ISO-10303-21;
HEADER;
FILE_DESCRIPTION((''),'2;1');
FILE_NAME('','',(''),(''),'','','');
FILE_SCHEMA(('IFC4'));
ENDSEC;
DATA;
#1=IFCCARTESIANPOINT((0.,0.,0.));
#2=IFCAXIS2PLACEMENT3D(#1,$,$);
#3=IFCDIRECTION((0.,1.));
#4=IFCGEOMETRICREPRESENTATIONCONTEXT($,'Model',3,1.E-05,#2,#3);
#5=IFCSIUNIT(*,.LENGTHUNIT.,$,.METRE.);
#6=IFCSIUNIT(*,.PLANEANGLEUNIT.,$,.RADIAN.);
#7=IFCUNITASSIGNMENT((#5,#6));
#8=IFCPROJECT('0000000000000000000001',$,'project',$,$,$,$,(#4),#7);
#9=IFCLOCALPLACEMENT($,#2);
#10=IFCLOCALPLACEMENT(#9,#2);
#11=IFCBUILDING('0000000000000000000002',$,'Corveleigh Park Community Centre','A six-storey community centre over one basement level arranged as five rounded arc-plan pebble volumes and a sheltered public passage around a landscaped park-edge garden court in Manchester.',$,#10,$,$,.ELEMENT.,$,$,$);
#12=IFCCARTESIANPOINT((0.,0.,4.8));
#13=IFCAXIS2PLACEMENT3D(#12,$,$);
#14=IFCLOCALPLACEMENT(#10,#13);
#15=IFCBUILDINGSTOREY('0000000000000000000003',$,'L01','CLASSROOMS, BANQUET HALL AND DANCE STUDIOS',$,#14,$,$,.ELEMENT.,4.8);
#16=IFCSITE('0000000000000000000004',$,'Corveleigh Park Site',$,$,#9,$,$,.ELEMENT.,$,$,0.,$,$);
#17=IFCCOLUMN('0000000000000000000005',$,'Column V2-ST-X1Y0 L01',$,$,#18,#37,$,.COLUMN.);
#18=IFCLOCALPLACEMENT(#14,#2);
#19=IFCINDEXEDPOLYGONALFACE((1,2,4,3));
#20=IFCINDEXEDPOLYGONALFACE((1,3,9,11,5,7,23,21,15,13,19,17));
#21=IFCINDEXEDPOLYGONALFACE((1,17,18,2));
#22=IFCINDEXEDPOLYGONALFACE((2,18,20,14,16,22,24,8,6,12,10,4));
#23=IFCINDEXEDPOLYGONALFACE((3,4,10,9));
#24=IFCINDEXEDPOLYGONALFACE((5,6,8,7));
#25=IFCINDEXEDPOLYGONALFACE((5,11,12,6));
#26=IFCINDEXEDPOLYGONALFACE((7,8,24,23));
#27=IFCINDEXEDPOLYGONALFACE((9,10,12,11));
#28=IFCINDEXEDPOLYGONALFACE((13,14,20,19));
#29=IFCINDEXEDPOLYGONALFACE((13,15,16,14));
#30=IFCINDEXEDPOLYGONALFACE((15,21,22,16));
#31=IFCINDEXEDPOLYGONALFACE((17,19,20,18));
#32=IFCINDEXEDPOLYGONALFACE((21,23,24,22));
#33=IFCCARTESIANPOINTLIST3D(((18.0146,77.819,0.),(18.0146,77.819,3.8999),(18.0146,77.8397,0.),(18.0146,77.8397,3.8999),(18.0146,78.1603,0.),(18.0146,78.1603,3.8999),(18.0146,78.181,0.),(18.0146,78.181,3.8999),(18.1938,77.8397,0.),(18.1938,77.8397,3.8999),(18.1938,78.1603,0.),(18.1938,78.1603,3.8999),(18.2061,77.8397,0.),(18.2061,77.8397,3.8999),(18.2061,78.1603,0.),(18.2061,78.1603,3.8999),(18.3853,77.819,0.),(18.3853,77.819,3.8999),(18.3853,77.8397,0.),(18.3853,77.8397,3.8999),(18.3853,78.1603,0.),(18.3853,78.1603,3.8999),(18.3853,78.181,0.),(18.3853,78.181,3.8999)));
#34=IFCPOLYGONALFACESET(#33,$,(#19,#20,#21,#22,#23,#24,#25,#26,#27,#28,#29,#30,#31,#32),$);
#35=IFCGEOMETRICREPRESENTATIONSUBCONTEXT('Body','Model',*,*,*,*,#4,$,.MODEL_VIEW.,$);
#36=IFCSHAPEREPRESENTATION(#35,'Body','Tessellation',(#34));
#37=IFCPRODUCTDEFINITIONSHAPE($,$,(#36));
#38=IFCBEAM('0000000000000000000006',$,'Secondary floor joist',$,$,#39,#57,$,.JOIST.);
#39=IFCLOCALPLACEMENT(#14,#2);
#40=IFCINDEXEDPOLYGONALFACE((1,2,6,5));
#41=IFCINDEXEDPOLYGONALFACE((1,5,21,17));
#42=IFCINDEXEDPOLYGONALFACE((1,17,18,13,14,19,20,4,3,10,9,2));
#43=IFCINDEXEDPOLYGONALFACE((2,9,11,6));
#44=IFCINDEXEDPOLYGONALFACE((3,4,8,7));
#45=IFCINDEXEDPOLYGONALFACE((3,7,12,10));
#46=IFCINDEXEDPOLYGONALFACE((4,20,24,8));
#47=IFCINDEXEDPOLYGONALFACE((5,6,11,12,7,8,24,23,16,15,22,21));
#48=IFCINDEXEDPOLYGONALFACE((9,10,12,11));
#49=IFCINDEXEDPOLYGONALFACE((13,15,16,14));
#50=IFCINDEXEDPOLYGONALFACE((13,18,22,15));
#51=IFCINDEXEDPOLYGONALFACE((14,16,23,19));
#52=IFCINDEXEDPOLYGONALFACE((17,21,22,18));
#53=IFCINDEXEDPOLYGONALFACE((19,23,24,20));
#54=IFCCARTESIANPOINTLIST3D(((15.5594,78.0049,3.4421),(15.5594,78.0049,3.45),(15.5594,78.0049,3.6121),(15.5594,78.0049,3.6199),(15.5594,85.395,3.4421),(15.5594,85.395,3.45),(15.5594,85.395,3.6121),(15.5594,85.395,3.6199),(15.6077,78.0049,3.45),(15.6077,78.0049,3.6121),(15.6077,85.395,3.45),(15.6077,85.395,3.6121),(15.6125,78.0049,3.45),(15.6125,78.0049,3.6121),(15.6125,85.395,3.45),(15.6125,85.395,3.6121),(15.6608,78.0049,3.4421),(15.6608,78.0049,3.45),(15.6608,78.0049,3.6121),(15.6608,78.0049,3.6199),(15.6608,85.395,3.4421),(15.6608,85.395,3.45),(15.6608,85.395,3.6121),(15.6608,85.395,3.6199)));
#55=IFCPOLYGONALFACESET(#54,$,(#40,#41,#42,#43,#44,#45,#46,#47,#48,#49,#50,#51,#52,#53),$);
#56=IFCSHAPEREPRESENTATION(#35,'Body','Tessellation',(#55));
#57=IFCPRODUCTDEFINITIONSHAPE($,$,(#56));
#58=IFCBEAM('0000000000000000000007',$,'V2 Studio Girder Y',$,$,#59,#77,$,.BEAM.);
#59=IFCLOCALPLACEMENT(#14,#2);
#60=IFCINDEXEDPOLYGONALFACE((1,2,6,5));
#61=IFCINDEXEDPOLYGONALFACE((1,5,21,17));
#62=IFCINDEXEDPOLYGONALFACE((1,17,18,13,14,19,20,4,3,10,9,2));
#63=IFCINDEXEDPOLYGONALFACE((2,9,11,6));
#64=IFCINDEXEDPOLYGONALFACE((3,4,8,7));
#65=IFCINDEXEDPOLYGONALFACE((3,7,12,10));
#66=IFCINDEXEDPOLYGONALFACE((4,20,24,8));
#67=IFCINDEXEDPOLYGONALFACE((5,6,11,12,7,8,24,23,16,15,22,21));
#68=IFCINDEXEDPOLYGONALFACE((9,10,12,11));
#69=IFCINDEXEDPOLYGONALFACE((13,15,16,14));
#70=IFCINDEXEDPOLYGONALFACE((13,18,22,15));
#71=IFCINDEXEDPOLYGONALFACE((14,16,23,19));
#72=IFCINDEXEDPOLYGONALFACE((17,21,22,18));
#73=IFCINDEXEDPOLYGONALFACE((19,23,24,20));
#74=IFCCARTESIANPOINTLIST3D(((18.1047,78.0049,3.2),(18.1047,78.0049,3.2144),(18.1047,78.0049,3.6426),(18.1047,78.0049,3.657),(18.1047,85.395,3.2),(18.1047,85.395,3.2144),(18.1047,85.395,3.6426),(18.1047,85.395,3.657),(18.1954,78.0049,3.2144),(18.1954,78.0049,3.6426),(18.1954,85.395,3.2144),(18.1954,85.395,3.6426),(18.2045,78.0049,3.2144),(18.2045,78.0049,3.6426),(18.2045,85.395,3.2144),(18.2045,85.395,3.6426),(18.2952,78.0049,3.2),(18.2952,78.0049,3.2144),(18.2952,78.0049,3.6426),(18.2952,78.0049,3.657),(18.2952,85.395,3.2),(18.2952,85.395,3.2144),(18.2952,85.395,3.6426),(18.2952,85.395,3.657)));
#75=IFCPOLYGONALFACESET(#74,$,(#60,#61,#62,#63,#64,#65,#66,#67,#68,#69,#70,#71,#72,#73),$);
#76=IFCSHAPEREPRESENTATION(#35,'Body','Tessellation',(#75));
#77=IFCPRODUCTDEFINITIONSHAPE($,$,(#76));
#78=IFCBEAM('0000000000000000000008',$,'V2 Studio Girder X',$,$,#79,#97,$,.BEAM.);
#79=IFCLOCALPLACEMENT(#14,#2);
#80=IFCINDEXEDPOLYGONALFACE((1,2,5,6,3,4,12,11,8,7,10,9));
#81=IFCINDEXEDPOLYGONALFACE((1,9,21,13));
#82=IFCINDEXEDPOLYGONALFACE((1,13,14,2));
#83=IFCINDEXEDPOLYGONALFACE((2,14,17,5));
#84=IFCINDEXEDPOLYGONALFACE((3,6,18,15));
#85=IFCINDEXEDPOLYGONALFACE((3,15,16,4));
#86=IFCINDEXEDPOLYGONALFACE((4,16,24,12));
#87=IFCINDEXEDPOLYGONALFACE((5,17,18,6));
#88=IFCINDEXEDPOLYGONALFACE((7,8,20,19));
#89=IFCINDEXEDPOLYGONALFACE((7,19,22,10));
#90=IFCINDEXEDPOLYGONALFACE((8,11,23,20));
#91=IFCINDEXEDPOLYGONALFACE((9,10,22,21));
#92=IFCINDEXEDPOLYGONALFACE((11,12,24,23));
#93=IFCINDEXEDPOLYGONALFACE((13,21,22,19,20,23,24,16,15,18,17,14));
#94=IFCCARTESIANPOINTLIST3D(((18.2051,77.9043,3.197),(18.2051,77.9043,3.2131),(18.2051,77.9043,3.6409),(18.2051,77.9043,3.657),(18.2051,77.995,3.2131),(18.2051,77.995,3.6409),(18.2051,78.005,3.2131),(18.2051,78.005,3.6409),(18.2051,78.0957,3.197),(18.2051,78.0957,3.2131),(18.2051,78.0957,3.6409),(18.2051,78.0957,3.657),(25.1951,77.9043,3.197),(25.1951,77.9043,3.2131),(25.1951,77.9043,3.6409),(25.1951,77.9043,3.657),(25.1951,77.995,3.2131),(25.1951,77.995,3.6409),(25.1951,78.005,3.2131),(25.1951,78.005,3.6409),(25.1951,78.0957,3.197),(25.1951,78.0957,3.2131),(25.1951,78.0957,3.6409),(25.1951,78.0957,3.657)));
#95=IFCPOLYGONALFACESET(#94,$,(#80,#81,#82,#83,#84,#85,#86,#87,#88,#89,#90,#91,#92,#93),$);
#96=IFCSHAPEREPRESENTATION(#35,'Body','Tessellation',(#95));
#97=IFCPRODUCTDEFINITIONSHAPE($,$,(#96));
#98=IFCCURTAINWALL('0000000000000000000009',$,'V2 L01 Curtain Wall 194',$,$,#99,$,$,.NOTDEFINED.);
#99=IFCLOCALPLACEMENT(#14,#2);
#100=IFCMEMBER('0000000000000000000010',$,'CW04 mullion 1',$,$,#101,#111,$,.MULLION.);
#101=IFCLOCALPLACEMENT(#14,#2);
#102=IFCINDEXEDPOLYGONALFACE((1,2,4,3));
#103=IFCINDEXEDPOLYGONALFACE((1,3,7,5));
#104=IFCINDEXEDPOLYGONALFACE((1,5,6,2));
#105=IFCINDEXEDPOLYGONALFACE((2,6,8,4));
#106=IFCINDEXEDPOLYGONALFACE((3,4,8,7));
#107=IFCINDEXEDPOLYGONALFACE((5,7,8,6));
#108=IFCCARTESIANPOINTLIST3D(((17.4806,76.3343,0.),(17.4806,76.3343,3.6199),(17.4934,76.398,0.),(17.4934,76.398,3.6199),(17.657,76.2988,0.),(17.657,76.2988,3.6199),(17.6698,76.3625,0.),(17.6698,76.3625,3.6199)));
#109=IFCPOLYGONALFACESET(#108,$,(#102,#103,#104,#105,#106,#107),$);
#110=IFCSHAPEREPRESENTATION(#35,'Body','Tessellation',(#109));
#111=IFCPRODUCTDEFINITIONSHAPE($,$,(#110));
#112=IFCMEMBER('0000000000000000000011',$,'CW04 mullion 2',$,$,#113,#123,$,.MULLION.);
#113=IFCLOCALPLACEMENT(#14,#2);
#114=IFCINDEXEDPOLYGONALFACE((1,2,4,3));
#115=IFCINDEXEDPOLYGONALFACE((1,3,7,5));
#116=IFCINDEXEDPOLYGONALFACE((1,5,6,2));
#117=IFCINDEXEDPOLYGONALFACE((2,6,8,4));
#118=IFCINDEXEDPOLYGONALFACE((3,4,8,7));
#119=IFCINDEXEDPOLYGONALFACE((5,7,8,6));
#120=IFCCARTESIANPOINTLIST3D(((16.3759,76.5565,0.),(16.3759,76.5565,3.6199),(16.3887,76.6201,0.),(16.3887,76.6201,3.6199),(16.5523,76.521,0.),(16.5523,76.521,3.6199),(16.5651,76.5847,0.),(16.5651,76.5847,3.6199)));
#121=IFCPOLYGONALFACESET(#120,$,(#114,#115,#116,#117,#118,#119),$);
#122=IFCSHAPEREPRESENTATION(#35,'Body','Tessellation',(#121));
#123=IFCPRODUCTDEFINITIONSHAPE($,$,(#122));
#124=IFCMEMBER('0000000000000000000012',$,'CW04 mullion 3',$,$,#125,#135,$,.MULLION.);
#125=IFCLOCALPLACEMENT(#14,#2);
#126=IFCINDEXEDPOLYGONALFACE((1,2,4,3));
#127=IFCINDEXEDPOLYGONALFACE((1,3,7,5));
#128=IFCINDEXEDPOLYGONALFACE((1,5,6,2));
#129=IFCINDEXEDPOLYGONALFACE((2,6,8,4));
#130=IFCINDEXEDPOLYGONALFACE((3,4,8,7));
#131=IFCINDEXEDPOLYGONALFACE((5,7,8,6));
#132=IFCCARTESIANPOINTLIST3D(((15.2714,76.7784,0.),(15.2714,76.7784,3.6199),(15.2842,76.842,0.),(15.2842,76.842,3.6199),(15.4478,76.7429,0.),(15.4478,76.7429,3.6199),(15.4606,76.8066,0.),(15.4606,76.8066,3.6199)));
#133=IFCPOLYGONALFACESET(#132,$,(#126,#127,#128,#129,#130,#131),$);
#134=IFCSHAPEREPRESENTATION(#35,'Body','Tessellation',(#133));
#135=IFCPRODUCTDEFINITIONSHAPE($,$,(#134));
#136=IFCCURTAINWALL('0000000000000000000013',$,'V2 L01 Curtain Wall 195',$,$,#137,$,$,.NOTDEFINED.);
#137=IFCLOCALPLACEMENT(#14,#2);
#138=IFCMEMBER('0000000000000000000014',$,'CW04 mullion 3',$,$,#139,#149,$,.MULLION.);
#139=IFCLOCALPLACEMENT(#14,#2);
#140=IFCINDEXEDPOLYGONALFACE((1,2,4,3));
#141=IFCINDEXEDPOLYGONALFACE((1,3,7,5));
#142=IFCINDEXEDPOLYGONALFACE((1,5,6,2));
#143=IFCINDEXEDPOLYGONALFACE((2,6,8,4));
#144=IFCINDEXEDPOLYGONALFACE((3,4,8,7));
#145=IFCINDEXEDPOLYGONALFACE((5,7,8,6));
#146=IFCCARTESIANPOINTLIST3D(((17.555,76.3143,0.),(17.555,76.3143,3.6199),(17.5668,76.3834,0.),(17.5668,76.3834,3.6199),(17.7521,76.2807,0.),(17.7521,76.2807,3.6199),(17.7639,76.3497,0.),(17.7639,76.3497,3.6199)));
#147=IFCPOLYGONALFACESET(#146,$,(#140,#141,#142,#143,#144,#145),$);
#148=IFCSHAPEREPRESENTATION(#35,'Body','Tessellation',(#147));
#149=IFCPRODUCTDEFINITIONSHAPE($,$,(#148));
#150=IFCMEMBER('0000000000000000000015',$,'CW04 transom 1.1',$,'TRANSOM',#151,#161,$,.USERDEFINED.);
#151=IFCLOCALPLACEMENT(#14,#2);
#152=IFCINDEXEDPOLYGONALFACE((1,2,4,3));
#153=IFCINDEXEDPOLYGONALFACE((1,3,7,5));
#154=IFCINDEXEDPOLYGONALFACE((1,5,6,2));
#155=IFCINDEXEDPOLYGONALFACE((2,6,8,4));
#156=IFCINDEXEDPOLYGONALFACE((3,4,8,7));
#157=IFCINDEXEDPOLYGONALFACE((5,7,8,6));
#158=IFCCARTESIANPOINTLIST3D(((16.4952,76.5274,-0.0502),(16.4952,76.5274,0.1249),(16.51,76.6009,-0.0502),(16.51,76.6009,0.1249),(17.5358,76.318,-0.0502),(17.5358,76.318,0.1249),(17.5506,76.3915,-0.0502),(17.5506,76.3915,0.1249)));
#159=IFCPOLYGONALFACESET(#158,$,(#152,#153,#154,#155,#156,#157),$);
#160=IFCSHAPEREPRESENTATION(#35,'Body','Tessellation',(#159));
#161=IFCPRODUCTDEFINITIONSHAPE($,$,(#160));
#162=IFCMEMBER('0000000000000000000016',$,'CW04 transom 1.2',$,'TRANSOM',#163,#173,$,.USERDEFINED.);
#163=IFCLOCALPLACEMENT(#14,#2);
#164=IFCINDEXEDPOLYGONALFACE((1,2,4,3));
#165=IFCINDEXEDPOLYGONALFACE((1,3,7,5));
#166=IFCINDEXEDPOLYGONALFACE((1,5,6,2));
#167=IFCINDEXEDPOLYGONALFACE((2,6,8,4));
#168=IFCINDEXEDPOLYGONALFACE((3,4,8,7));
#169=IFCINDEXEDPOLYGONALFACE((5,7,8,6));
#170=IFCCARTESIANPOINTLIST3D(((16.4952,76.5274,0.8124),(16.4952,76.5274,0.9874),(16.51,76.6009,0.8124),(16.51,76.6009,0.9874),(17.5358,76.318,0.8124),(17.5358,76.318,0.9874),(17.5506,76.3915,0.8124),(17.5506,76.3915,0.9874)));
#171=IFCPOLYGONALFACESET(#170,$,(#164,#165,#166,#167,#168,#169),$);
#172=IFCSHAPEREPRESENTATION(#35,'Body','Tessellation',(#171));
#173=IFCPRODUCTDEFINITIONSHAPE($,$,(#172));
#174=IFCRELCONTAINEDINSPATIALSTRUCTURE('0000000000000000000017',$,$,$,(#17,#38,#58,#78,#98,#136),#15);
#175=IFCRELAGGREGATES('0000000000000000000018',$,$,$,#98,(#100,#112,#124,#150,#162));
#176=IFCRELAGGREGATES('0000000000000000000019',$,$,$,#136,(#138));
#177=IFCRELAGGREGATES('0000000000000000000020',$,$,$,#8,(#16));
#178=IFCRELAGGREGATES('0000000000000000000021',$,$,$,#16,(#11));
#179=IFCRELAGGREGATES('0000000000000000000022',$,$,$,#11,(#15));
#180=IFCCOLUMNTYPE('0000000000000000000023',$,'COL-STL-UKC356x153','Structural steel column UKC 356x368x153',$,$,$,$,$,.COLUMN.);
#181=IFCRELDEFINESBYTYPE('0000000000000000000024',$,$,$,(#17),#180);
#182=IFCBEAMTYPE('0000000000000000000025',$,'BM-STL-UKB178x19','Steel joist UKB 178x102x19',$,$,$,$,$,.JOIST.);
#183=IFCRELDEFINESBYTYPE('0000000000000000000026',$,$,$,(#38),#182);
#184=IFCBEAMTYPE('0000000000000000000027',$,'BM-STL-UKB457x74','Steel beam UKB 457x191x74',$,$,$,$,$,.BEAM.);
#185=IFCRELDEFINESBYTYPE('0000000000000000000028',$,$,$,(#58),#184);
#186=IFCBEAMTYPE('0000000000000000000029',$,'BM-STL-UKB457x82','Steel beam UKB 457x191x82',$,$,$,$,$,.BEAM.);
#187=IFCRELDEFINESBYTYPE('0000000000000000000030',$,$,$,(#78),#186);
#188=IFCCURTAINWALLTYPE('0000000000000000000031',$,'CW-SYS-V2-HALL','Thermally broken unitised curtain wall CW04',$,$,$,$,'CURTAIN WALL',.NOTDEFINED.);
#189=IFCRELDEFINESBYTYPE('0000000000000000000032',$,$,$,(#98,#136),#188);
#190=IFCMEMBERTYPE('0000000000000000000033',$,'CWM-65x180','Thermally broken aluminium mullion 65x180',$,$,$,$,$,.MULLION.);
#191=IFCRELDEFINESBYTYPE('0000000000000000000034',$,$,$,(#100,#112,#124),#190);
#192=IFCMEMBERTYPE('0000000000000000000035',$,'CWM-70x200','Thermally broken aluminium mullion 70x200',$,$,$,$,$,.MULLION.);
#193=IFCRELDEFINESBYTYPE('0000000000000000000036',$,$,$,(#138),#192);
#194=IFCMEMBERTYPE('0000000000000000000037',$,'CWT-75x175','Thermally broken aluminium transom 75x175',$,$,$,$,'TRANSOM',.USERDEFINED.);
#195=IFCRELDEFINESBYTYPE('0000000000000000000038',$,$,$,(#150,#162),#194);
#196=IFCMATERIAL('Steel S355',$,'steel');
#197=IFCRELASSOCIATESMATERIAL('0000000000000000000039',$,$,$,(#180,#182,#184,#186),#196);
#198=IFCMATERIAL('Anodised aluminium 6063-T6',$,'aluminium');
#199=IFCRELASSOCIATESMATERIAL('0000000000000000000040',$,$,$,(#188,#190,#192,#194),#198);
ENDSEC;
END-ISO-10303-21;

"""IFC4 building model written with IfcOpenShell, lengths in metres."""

from ifc_helpers import new_model, si_unit, direction, frame, origin, origin_2d, place, context, subcontext, project, spatial, rectangle, i_section, extrude, material, material_profile, profile_set, type_object, element, aggregate, save


model = new_model("IFC4")

# Units and contexts
model_context = context("Model", 3, precision=1e-05, world=origin(), true_north=direction((0.0, 1.0)))
body_context = subcontext(model_context, "Body", "Model", "MODEL_VIEW")
ifc_project = project(units=[si_unit("LENGTHUNIT", "METRE"), si_unit("PLANEANGLEUNIT", "RADIAN")], contexts=[model_context])

# Site, building, storey
site_placement = place(None, origin())
site = spatial("IfcSite", under=ifc_project, at=site_placement, Name="Corveleigh Park Site", CompositionType="ELEMENT", RefElevation=0.0)
building_placement = place(site_placement, origin())
building = spatial("IfcBuilding", under=site, at=building_placement, Name="Corveleigh Park Community Centre", Description="A six-storey community centre over one basement level arranged as five rounded arc-plan pebble volumes and a sheltered public passage around a landscaped park-edge garden court in Manchester.", CompositionType="ELEMENT")
storey_placement = place(building_placement, frame((0.0, 0.0, 4.8)))
storey = spatial("IfcBuildingStorey", under=building, at=storey_placement, Name="L01", Description="CLASSROOMS, BANQUET HALL AND DANCE STUDIOS", CompositionType="ELEMENT", Elevation=4.8)

# Column
ifc_material_1 = material(Name="Steel S355", Category="steel")
ifc_material_profile_1 = material_profile(ifc_material_1, i_section(OverallWidth=0.3706, OverallDepth=0.3621, WebThickness=0.0122, FlangeThickness=0.0208, at=origin_2d()), Name="UKC 356x368x153", Category="steel")
ifc_profile_set_1 = profile_set([ifc_material_profile_1], Name="Steel S355")
column_type = type_object("IfcColumnType", Name="COL-STL-UKC356x153", Description="Structural steel column UKC 356x368x153", PredefinedType="COLUMN", material=ifc_profile_set_1)
column_placement = place(storey_placement, frame((18.2, 78.0, 0.0), z_axis=(0.0, 0.0, 1.0), x_axis=(1.0, 0.0, 0.0)))
element("IfcColumn", 1, at=column_placement, inside=storey, type_object=column_type, Name="Column V2-ST-X1Y0 L01", PredefinedType="COLUMN", context=body_context, shape_type="SweptSolid", body=[
    extrude(i_section(OverallWidth=0.3706, OverallDepth=0.3621, WebThickness=0.0122, FlangeThickness=0.0208, at=origin_2d()), origin(), (0.0, 0.0, 1.0), 3.8999),
])

# Beams
ifc_material_profile_2 = material_profile(ifc_material_1, i_section(OverallWidth=0.1013, OverallDepth=0.1777, WebThickness=0.0049, FlangeThickness=0.0078, at=origin_2d()), Name="UKB 178x102x19", Category="steel")
ifc_profile_set_2 = profile_set([ifc_material_profile_2], Name="Steel S355")
beam_type_1 = type_object("IfcBeamType", Name="BM-STL-UKB178x19", Description="Steel joist UKB 178x102x19", PredefinedType="JOIST", material=ifc_profile_set_2)
beam_1_placement = place(storey_placement, frame((15.6101, 78.0049, 3.531), z_axis=(0.0, 1.0, 0.0), x_axis=(-1.0, 0.0, 0.0)))
element("IfcBeam", 2, at=beam_1_placement, inside=storey, type_object=beam_type_1, Name="Secondary floor joist", PredefinedType="JOIST", context=body_context, shape_type="SweptSolid", body=[
    extrude(i_section(OverallWidth=0.1013, OverallDepth=0.1777, WebThickness=0.0049, FlangeThickness=0.0078, at=origin_2d()), origin(), (0.0, 0.0, 1.0), 7.3901),
])
ifc_material_profile_3 = material_profile(ifc_material_1, i_section(OverallWidth=0.1904, OverallDepth=0.457, WebThickness=0.009, FlangeThickness=0.0144, at=origin_2d()), Name="UKB 457x191x74", Category="steel")
ifc_profile_set_3 = profile_set([ifc_material_profile_3], Name="Steel S355")
beam_type_2 = type_object("IfcBeamType", Name="BM-STL-UKB457x74", Description="Steel beam UKB 457x191x74", PredefinedType="BEAM", material=ifc_profile_set_3)
beam_2_placement = place(storey_placement, frame((18.2, 78.0049, 3.4285), z_axis=(0.0, 1.0, 0.0), x_axis=(-1.0, 0.0, 0.0)))
element("IfcBeam", 3, at=beam_2_placement, inside=storey, type_object=beam_type_2, Name="V2 Studio Girder Y", PredefinedType="BEAM", context=body_context, shape_type="SweptSolid", body=[
    extrude(i_section(OverallWidth=0.1904, OverallDepth=0.457, WebThickness=0.009, FlangeThickness=0.0144, at=origin_2d()), origin(), (0.0, 0.0, 1.0), 7.3901),
])
ifc_material_profile_4 = material_profile(ifc_material_1, i_section(OverallWidth=0.1914, OverallDepth=0.46, WebThickness=0.01, FlangeThickness=0.0161, at=origin_2d()), Name="UKB 457x191x82", Category="steel")
ifc_profile_set_4 = profile_set([ifc_material_profile_4], Name="Steel S355")
beam_type_3 = type_object("IfcBeamType", Name="BM-STL-UKB457x82", Description="Steel beam UKB 457x191x82", PredefinedType="BEAM", material=ifc_profile_set_4)
beam_3_placement = place(storey_placement, frame((18.2051, 78.0, 3.427), z_axis=(1.0, 0.0, 0.0), x_axis=(0.0, 1.0, 0.0)))
element("IfcBeam", 4, at=beam_3_placement, inside=storey, type_object=beam_type_3, Name="V2 Studio Girder X", PredefinedType="BEAM", context=body_context, shape_type="SweptSolid", body=[
    extrude(i_section(OverallWidth=0.1914, OverallDepth=0.46, WebThickness=0.01, FlangeThickness=0.0161, at=origin_2d()), origin(), (0.0, 0.0, 1.0), 6.99),
])

# Curtain wall, members
ifc_material_2 = material(Name="Anodised aluminium 6063-T6", Category="aluminium")
curtain_wall_type = type_object("IfcCurtainWallType", Name="CW-SYS-V2-HALL", Description="Thermally broken unitised curtain wall CW04", ElementType="CURTAIN WALL", PredefinedType="NOTDEFINED", material=ifc_material_2)
curtain_wall_1_placement = place(storey_placement, origin())
curtain_wall_1 = element("IfcCurtainWall", 5, at=curtain_wall_1_placement, inside=storey, type_object=curtain_wall_type, Name="V2 L01 Curtain Wall 194", PredefinedType="NOTDEFINED")
ifc_material_profile_5 = material_profile(ifc_material_2, rectangle(XDim=0.0649, YDim=0.1799, at=origin_2d()), Name="ALU-M65x180", Category="aluminium")
ifc_profile_set_5 = profile_set([ifc_material_profile_5], Name="Anodised aluminium 6063-T6")
member_type_1 = type_object("IfcMemberType", Name="CWM-65x180", Description="Thermally broken aluminium mullion 65x180", PredefinedType="MULLION", material=ifc_profile_set_5)
member_1_placement = place(storey_placement, frame((17.5752, 76.3484, 0.0), z_axis=(0.0, 0.0, 1.0), x_axis=(-0.197111, -0.980381, 0.0)))
member_1 = element("IfcMember", 6, at=member_1_placement, type_object=member_type_1, Name="CW04 mullion 1", PredefinedType="MULLION", context=body_context, shape_type="SweptSolid", body=[
    extrude(rectangle(XDim=0.0649, YDim=0.1799, at=origin_2d()), origin(), (0.0, 0.0, 1.0), 3.6199),
])
member_2_placement = place(storey_placement, frame((16.4705, 76.5706, 0.0), z_axis=(0.0, 0.0, 1.0), x_axis=(-0.197111, -0.980381, 0.0)))
member_2 = element("IfcMember", 7, at=member_2_placement, type_object=member_type_1, Name="CW04 mullion 2", PredefinedType="MULLION", context=body_context, shape_type="SweptSolid", body=[
    extrude(rectangle(XDim=0.0649, YDim=0.1799, at=origin_2d()), origin(), (0.0, 0.0, 1.0), 3.6199),
])
member_3_placement = place(storey_placement, frame((15.366, 76.7925, 0.0), z_axis=(0.0, 0.0, 1.0), x_axis=(-0.197111, -0.980381, 0.0)))
member_3 = element("IfcMember", 8, at=member_3_placement, type_object=member_type_1, Name="CW04 mullion 3", PredefinedType="MULLION", context=body_context, shape_type="SweptSolid", body=[
    extrude(rectangle(XDim=0.0649, YDim=0.1799, at=origin_2d()), origin(), (0.0, 0.0, 1.0), 3.6199),
])

# Curtain wall, member
curtain_wall_2_placement = place(storey_placement, origin())
curtain_wall_2 = element("IfcCurtainWall", 9, at=curtain_wall_2_placement, inside=storey, type_object=curtain_wall_type, Name="V2 L01 Curtain Wall 195", PredefinedType="NOTDEFINED")
ifc_material_profile_6 = material_profile(ifc_material_2, rectangle(XDim=0.0701, YDim=0.2, at=origin_2d()), Name="ALU-M70x200", Category="aluminium")
ifc_profile_set_6 = profile_set([ifc_material_profile_6], Name="Anodised aluminium 6063-T6")
member_type_2 = type_object("IfcMemberType", Name="CWM-70x200", Description="Thermally broken aluminium mullion 70x200", PredefinedType="MULLION", material=ifc_profile_set_6)
member_4_placement = place(storey_placement, frame((17.6594, 76.332, 0.0), z_axis=(0.0, 0.0, 1.0), x_axis=(-0.16846, -0.985708, 0.0)))
member_4 = element("IfcMember", 10, at=member_4_placement, type_object=member_type_2, Name="CW04 mullion 3", PredefinedType="MULLION", context=body_context, shape_type="SweptSolid", body=[
    extrude(rectangle(XDim=0.0701, YDim=0.2, at=origin_2d()), origin(), (0.0, 0.0, 1.0), 3.6199),
])

# Members
ifc_material_profile_7 = material_profile(ifc_material_2, rectangle(XDim=0.075, YDim=0.175, at=origin_2d()), Name="ALU-T75x175", Category="aluminium")
ifc_profile_set_7 = profile_set([ifc_material_profile_7], Name="Anodised aluminium 6063-T6")
member_type_3 = type_object("IfcMemberType", Name="CWT-75x175", Description="Thermally broken aluminium transom 75x175", ElementType="TRANSOM", PredefinedType="USERDEFINED", material=ifc_profile_set_7)
member_5_placement = place(storey_placement, frame((17.5432, 76.3547, 0.0374), z_axis=(-0.980341, 0.19731, 0.0), x_axis=(-0.19731, -0.980341, 0.0)))
member_5 = element("IfcMember", 11, at=member_5_placement, type_object=member_type_3, Name="CW04 transom 1.1", ObjectType="TRANSOM", PredefinedType="USERDEFINED", context=body_context, shape_type="SweptSolid", body=[
    extrude(rectangle(XDim=0.075, YDim=0.175, at=origin_2d()), origin(), (0.0, 0.0, 1.0), 1.0615),
])
member_6_placement = place(storey_placement, frame((17.5432, 76.3547, 0.8999), z_axis=(-0.980341, 0.19731, 0.0), x_axis=(-0.19731, -0.980341, 0.0)))
member_6 = element("IfcMember", 12, at=member_6_placement, type_object=member_type_3, Name="CW04 transom 1.2", ObjectType="TRANSOM", PredefinedType="USERDEFINED", context=body_context, shape_type="SweptSolid", body=[
    extrude(rectangle(XDim=0.075, YDim=0.175, at=origin_2d()), origin(), (0.0, 0.0, 1.0), 1.0615),
])

aggregate(curtain_wall_1, [member_1, member_2, member_3, member_5, member_6])
aggregate(curtain_wall_2, [member_4])

save(model, "model.ifc")
